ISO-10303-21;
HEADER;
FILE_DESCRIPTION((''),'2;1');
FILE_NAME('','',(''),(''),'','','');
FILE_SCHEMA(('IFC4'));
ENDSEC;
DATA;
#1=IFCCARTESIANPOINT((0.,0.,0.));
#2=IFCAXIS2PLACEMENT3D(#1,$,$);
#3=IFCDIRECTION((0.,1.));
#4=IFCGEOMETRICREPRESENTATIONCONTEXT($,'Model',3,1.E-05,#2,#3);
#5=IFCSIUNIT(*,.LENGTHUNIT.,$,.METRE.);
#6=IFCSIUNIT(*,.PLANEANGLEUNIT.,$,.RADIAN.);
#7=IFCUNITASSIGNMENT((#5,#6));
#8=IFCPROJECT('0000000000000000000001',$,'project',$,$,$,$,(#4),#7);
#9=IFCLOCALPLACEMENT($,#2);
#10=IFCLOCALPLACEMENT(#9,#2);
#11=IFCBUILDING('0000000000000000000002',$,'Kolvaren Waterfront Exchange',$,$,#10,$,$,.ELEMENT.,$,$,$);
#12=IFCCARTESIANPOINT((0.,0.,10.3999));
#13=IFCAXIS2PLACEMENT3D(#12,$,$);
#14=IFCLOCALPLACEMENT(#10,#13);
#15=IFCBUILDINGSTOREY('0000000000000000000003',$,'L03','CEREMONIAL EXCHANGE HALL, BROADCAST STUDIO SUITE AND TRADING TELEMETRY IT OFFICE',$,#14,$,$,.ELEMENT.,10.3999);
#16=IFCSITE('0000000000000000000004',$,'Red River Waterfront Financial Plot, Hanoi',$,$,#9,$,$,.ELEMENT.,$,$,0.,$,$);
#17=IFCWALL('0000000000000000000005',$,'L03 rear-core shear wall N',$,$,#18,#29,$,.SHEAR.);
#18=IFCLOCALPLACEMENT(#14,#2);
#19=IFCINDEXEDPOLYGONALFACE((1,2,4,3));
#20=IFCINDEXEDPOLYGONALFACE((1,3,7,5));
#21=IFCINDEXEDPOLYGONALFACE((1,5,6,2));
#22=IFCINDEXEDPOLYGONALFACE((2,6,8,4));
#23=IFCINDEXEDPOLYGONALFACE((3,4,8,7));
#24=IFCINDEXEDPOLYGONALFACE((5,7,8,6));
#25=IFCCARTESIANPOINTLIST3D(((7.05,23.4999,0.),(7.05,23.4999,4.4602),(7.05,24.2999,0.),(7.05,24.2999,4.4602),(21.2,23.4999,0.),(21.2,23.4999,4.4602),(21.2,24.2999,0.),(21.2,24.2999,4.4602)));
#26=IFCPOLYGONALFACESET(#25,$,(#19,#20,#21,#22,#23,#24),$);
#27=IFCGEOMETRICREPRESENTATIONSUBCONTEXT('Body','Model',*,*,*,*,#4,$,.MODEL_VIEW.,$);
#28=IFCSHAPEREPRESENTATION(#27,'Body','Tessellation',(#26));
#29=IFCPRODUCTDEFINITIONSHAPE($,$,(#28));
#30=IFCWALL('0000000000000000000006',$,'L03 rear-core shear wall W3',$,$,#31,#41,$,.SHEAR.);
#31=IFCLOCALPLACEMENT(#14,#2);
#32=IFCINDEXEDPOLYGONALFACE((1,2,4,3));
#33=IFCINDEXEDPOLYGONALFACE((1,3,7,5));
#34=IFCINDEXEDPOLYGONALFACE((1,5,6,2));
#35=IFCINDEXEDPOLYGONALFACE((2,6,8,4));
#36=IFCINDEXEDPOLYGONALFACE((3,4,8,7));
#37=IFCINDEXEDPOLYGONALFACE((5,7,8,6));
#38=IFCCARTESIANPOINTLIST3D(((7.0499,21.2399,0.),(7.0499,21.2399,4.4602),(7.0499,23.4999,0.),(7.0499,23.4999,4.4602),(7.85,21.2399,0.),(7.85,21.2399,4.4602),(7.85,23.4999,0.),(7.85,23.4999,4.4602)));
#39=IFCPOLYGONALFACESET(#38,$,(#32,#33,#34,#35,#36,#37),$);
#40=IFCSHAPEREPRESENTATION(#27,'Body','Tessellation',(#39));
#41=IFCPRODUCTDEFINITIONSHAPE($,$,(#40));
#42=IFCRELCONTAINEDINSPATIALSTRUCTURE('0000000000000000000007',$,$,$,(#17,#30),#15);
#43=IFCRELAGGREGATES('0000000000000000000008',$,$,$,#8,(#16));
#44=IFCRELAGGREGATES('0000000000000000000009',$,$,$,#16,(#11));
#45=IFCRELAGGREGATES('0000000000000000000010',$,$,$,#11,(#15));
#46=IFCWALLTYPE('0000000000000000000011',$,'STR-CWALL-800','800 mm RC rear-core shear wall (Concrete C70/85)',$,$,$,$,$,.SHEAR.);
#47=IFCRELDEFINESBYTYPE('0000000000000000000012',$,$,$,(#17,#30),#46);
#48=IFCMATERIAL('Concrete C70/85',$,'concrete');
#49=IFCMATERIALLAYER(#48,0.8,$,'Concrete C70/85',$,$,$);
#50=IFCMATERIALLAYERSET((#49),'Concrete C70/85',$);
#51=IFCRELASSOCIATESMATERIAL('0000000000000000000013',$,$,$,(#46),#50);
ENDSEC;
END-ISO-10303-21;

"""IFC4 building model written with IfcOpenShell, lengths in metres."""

from ifc_helpers import new_model, si_unit, direction, frame, frame_2d, origin, place, context, subcontext, project, spatial, rectangle, extrude, material, layer, layer_set, type_object, element, save


model = new_model("IFC4")

# Units and contexts
model_context = context("Model", 3, precision=1e-05, world=origin(), true_north=direction((0.0, 1.0)))
body_context = subcontext(model_context, "Body", "Model", "MODEL_VIEW")
ifc_project = project(units=[si_unit("LENGTHUNIT", "METRE"), si_unit("PLANEANGLEUNIT", "RADIAN")], contexts=[model_context])

# Site, building, storey
site_placement = place(None, origin())
site = spatial("IfcSite", under=ifc_project, at=site_placement, Name="Red River Waterfront Financial Plot, Hanoi", CompositionType="ELEMENT", RefElevation=0.0)
building_placement = place(site_placement, origin())
building = spatial("IfcBuilding", under=site, at=building_placement, Name="Kolvaren Waterfront Exchange", CompositionType="ELEMENT")
storey_placement = place(building_placement, frame((0.0, 0.0, 10.3999)))
storey = spatial("IfcBuildingStorey", under=building, at=storey_placement, Name="L03", Description="CEREMONIAL EXCHANGE HALL, BROADCAST STUDIO SUITE AND TRADING TELEMETRY IT OFFICE", CompositionType="ELEMENT", Elevation=10.3999)

# Shared definitions
ifc_material_1 = material(Name="Concrete C70/85", Category="concrete")

# Walls
ifc_layer_1 = layer(ifc_material_1, 0.8, Name="Concrete C70/85")
ifc_layer_set_1 = layer_set([ifc_layer_1], Name="Concrete C70/85")
wall_type_1 = type_object("IfcWallType", Name="STR-CWALL-800", Description="800 mm RC rear-core shear wall (Concrete C70/85)", PredefinedType="SHEAR", material=ifc_layer_set_1)
wall_1_placement = place(storey_placement, frame((7.05, 23.8999, 0.0), z_axis=(0.0, 0.0, 1.0), x_axis=(1.0, 0.0, 0.0)))
element("IfcWall", 1, at=wall_1_placement, inside=storey, type_object=wall_type_1, Name="L03 rear-core shear wall N", PredefinedType="SHEAR", context=body_context, shape_type="SweptSolid", body=[
    extrude(rectangle(XDim=14.1499, YDim=0.8, at=frame_2d((7.075, 0.0))), origin(), (0.0, 0.0, 1.0), 4.4602),
])
wall_2_placement = place(storey_placement, frame((7.45, 21.24, 0.0), z_axis=(0.0, 0.0, 1.0), x_axis=(0.0, 1.0, 0.0)))
element("IfcWall", 2, at=wall_2_placement, inside=storey, type_object=wall_type_1, Name="L03 rear-core shear wall W3", PredefinedType="SHEAR", context=body_context, shape_type="SweptSolid", body=[
    extrude(rectangle(XDim=2.26, YDim=0.8, at=frame_2d((1.1299, 0.0))), origin(), (0.0, 0.0, 1.0), 4.4602),
])

save(model, "model.ifc")
